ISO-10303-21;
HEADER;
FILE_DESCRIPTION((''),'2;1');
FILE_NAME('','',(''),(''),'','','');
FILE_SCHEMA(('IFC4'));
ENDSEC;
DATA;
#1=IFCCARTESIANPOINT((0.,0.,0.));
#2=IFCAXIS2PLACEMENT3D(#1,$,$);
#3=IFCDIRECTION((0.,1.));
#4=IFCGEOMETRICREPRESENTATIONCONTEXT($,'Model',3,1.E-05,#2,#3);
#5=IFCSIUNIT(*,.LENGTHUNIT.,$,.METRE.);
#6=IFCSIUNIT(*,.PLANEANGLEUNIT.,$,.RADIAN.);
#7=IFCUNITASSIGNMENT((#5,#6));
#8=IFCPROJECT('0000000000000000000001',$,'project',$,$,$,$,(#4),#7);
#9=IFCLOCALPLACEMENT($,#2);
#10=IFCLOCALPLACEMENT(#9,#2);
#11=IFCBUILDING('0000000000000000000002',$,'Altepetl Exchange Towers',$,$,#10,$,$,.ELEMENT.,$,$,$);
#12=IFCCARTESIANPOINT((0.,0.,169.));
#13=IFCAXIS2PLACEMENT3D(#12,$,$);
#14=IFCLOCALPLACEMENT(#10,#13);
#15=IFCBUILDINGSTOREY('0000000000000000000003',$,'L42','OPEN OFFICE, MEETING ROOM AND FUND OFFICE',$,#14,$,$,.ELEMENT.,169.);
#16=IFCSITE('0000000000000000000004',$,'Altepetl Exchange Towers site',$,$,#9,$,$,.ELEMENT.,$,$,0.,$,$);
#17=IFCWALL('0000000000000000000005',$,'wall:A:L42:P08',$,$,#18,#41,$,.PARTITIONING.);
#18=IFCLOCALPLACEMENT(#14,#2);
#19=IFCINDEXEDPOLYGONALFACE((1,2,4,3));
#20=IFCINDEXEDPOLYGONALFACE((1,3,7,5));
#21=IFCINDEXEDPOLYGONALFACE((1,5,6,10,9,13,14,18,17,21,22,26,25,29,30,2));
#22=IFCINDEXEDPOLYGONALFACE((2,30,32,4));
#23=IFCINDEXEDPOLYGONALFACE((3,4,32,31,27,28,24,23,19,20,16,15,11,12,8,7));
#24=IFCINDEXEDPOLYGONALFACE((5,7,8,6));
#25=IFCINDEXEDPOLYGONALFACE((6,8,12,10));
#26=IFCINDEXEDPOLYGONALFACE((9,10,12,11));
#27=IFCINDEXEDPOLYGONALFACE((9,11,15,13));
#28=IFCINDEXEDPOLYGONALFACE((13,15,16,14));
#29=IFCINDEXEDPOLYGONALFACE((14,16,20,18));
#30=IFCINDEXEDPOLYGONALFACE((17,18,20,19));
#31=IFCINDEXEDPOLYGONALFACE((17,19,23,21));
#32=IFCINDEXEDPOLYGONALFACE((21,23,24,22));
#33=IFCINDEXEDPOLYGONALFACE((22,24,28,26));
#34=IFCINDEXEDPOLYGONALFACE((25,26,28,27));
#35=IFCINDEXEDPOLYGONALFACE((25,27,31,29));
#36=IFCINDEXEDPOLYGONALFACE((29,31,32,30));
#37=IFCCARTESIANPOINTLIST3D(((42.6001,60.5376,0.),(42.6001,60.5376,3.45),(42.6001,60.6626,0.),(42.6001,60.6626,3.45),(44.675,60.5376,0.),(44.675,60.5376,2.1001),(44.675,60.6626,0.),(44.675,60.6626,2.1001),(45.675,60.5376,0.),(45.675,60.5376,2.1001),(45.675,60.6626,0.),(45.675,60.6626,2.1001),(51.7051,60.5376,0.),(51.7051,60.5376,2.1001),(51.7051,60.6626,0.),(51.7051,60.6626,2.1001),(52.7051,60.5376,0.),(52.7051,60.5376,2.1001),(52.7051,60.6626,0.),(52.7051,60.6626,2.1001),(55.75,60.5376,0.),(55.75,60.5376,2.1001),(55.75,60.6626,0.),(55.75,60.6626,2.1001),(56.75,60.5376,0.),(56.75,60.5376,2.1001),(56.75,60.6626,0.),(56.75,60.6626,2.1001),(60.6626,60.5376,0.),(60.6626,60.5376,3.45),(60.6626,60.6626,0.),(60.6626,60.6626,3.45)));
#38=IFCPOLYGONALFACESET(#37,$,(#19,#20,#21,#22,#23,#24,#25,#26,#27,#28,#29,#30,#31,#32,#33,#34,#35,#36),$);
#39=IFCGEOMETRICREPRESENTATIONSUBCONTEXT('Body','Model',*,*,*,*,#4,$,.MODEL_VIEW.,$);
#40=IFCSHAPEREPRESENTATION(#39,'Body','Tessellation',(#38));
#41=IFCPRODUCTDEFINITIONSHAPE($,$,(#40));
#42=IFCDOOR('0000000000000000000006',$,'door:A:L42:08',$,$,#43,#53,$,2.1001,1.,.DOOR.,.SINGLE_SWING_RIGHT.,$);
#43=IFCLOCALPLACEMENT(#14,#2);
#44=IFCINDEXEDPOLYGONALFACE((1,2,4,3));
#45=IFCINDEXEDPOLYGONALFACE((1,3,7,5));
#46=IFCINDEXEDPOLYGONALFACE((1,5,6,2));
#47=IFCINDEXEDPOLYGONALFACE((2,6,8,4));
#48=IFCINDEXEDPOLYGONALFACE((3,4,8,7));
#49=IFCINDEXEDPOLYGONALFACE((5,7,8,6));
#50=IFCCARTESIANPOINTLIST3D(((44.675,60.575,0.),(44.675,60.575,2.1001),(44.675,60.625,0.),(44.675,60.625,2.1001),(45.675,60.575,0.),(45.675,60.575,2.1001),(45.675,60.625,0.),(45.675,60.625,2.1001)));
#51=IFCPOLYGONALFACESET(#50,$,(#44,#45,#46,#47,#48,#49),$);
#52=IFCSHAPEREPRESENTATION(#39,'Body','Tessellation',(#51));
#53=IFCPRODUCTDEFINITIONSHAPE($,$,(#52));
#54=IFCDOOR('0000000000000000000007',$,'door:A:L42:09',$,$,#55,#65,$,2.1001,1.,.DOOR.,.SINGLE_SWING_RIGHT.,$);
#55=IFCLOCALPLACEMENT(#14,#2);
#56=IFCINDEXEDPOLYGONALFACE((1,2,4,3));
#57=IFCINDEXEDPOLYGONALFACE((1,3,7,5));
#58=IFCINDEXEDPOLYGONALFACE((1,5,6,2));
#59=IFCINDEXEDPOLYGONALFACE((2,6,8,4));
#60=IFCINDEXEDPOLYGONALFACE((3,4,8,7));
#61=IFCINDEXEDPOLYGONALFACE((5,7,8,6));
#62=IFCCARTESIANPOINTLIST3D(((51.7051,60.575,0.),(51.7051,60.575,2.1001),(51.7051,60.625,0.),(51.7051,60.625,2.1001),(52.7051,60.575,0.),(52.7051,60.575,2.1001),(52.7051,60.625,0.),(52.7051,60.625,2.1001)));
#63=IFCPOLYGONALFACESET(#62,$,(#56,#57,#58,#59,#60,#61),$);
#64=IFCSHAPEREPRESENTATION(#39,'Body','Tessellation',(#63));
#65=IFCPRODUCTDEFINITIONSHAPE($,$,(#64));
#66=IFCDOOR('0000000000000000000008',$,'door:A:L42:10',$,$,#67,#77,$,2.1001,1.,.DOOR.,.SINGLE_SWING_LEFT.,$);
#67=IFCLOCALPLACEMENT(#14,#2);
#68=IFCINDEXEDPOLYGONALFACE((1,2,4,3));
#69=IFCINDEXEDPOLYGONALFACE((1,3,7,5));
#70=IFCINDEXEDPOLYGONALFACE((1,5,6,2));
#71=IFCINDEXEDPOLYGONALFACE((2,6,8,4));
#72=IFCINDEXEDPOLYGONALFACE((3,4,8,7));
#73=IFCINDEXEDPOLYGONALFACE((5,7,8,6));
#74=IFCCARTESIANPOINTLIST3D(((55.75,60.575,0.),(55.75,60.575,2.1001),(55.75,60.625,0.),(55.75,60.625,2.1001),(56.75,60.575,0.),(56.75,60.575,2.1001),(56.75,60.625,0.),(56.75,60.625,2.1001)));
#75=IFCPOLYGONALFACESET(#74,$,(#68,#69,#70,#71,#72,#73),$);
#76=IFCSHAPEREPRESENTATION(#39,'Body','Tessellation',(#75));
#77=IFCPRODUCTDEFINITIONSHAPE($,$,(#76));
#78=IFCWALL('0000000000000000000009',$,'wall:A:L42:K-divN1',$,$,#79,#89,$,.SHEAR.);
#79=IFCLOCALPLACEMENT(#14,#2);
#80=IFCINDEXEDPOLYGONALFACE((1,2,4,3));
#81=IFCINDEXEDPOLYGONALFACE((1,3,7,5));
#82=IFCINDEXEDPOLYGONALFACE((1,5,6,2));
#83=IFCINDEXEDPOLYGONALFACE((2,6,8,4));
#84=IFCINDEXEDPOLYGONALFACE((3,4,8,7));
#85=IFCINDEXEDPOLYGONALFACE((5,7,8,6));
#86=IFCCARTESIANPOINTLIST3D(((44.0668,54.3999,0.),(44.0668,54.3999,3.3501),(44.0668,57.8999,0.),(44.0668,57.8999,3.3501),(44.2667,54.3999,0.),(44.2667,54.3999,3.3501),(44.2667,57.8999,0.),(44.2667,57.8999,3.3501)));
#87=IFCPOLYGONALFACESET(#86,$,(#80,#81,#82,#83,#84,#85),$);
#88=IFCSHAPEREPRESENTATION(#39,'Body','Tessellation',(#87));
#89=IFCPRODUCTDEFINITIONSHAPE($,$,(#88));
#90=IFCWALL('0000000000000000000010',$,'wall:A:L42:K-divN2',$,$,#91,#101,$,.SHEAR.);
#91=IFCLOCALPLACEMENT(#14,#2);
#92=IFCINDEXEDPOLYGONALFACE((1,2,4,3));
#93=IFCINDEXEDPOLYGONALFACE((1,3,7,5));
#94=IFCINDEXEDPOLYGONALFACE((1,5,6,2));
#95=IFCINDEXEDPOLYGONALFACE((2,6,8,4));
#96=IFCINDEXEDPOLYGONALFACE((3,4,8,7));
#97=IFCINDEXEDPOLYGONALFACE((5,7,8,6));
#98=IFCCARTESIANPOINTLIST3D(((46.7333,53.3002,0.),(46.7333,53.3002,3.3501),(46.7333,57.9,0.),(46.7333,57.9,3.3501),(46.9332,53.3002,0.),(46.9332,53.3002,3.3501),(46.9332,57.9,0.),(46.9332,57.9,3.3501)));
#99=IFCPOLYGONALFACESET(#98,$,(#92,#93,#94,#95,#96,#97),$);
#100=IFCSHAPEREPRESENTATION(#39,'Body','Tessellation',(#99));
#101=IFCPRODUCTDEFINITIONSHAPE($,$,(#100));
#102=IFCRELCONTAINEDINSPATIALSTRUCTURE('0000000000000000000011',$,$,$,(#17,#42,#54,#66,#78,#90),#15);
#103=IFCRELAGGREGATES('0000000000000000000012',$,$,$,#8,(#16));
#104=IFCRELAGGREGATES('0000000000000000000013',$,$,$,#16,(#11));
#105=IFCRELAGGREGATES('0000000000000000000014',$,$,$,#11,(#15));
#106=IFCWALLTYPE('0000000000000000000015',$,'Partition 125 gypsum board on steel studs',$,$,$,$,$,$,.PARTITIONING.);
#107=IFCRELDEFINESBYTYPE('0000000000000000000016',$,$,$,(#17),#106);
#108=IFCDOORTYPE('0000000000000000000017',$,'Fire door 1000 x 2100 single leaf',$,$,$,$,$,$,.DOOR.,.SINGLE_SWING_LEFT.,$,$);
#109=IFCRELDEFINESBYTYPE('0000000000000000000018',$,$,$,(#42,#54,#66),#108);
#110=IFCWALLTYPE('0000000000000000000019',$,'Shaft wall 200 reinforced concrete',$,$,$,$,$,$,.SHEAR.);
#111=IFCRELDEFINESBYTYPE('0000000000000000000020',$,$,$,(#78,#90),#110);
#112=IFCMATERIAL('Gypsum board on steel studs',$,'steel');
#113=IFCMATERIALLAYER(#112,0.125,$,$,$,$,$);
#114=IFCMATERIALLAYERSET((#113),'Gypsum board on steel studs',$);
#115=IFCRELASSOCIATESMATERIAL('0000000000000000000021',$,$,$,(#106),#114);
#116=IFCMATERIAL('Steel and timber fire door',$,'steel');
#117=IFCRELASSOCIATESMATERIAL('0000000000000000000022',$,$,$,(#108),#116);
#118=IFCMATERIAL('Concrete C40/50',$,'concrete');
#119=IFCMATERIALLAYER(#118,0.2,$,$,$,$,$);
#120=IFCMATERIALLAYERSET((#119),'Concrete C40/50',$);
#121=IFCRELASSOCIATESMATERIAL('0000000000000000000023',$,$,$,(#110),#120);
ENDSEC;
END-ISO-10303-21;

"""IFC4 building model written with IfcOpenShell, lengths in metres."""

from ifc_helpers import new_model, si_unit, direction, frame, frame_2d, origin, place, context, subcontext, project, spatial, rectangle, extrude, material, layer, layer_set, type_object, element, fill, save


model = new_model("IFC4")

# Units and contexts
model_context = context("Model", 3, precision=1e-05, world=origin(), true_north=direction((0.0, 1.0)))
body_context = subcontext(model_context, "Body", "Model", "MODEL_VIEW")
ifc_project = project(units=[si_unit("LENGTHUNIT", "METRE"), si_unit("PLANEANGLEUNIT", "RADIAN")], contexts=[model_context])

# Site, building, storey
site_placement = place(None, origin())
site = spatial("IfcSite", under=ifc_project, at=site_placement, Name="Altepetl Exchange Towers site", CompositionType="ELEMENT", RefElevation=0.0)
building_placement = place(site_placement, origin())
building = spatial("IfcBuilding", under=site, at=building_placement, Name="Altepetl Exchange Towers", CompositionType="ELEMENT")
storey_placement = place(building_placement, frame((0.0, 0.0, 169.0)))
storey = spatial("IfcBuildingStorey", under=building, at=storey_placement, Name="L42", Description="OPEN OFFICE, MEETING ROOM AND FUND OFFICE", CompositionType="ELEMENT", Elevation=169.0)

# Shared definitions
ifc_material_1 = material(Name="Steel and timber fire door", Category="steel")

# Wall, openings, doors
ifc_material_2 = material(Name="Gypsum board on steel studs", Category="steel")
ifc_layer_1 = layer(ifc_material_2, 0.125)
ifc_layer_set_1 = layer_set([ifc_layer_1], Name="Gypsum board on steel studs")
wall_type_1 = type_object("IfcWallType", Name="Partition 125 gypsum board on steel studs", PredefinedType="PARTITIONING", material=ifc_layer_set_1)
wall_1_placement = place(storey_placement, frame((42.6001, 60.6001, 0.0)))
wall_1 = element("IfcWall", 1, at=wall_1_placement, inside=storey, type_object=wall_type_1, Name="wall:A:L42:P08", PredefinedType="PARTITIONING", context=body_context, shape_type="SweptSolid", body=[
    extrude(rectangle(XDim=18.0625, YDim=0.125, at=frame_2d((9.0312, 0.0))), origin(), (0.0, 0.0, 1.0), 3.45),
])
opening_1_placement = place(wall_1_placement, frame((2.075, 0.0, 0.0)))
opening_1 = element("IfcOpeningElement", 2, at=opening_1_placement, cuts=wall_1, PredefinedType="OPENING", context=body_context, shape_type="SweptSolid", body=[
    extrude(rectangle(XDim=1.0, YDim=2.1001, at=frame_2d((0.5, 1.05))), frame((0.0, 0.0725, 0.0), z_axis=(0.0, -1.0, 0.0), x_axis=(1.0, 0.0, 0.0)), (0.0, 0.0, 1.0), 0.145),
])
opening_2_placement = place(wall_1_placement, frame((9.105, 0.0, 0.0)))
opening_2 = element("IfcOpeningElement", 3, at=opening_2_placement, cuts=wall_1, PredefinedType="OPENING", context=body_context, shape_type="SweptSolid", body=[
    extrude(rectangle(XDim=1.0, YDim=2.1001, at=frame_2d((0.5, 1.05))), frame((0.0, 0.0725, 0.0), z_axis=(0.0, -1.0, 0.0), x_axis=(1.0, 0.0, 0.0)), (0.0, 0.0, 1.0), 0.145),
])
opening_3_placement = place(wall_1_placement, frame((13.1499, 0.0, 0.0)))
opening_3 = element("IfcOpeningElement", 4, at=opening_3_placement, cuts=wall_1, PredefinedType="OPENING", context=body_context, shape_type="SweptSolid", body=[
    extrude(rectangle(XDim=1.0, YDim=2.1001, at=frame_2d((0.5, 1.05))), frame((0.0, 0.0725, 0.0), z_axis=(0.0, -1.0, 0.0), x_axis=(1.0, 0.0, 0.0)), (0.0, 0.0, 1.0), 0.145),
])
door_type_1 = type_object("IfcDoorType", Name="Fire door 1000 x 2100 single leaf", OperationType="SINGLE_SWING_LEFT", PredefinedType="DOOR", material=ifc_material_1)
door_1_placement = place(opening_1_placement, origin())
door_1 = element("IfcDoor", 5, at=door_1_placement, inside=storey, type_object=door_type_1, Name="door:A:L42:08", OperationType="SINGLE_SWING_RIGHT", OverallHeight=2.1001, OverallWidth=1.0, PredefinedType="DOOR", context=body_context, shape_type="SweptSolid", body=[
    extrude(rectangle(XDim=1.0, YDim=2.1001, at=frame_2d((0.5, 1.05))), frame((0.0, 0.0249, 0.0), z_axis=(0.0, -1.0, 0.0), x_axis=(1.0, 0.0, 0.0)), (0.0, 0.0, 1.0), 0.05),
])
fill(opening_1, door_1)
door_2_placement = place(opening_2_placement, origin())
door_2 = element("IfcDoor", 6, at=door_2_placement, inside=storey, type_object=door_type_1, Name="door:A:L42:09", OperationType="SINGLE_SWING_RIGHT", OverallHeight=2.1001, OverallWidth=1.0, PredefinedType="DOOR", context=body_context, shape_type="SweptSolid", body=[
    extrude(rectangle(XDim=1.0, YDim=2.1001, at=frame_2d((0.5, 1.05))), frame((0.0, 0.0249, 0.0), z_axis=(0.0, -1.0, 0.0), x_axis=(1.0, 0.0, 0.0)), (0.0, 0.0, 1.0), 0.05),
])
fill(opening_2, door_2)
door_3_placement = place(opening_3_placement, origin())
door_3 = element("IfcDoor", 7, at=door_3_placement, inside=storey, type_object=door_type_1, Name="door:A:L42:10", OperationType="SINGLE_SWING_LEFT", OverallHeight=2.1001, OverallWidth=1.0, PredefinedType="DOOR", context=body_context, shape_type="SweptSolid", body=[
    extrude(rectangle(XDim=1.0, YDim=2.1001, at=frame_2d((0.5, 1.05))), frame((0.0, 0.0249, 0.0), z_axis=(0.0, -1.0, 0.0), x_axis=(1.0, 0.0, 0.0)), (0.0, 0.0, 1.0), 0.05),
])
fill(opening_3, door_3)

# Walls
ifc_material_3 = material(Name="Concrete C40/50", Category="concrete")
ifc_layer_2 = layer(ifc_material_3, 0.2)
ifc_layer_set_2 = layer_set([ifc_layer_2], Name="Concrete C40/50")
wall_type_2 = type_object("IfcWallType", Name="Shaft wall 200 reinforced concrete", PredefinedType="SHEAR", material=ifc_layer_set_2)
wall_2_placement = place(storey_placement, frame((44.1667, 57.8999, 0.0), z_axis=(0.0, 0.0, 1.0), x_axis=(0.0, -1.0, 0.0)))
element("IfcWall", 8, at=wall_2_placement, inside=storey, type_object=wall_type_2, Name="wall:A:L42:K-divN1", PredefinedType="SHEAR", context=body_context, shape_type="SweptSolid", body=[
    extrude(rectangle(XDim=3.5, YDim=0.2, at=frame_2d((1.75, 0.0))), origin(), (0.0, 0.0, 1.0), 3.3501),
])
wall_3_placement = place(storey_placement, frame((46.8333, 57.8999, 0.0), z_axis=(0.0, 0.0, 1.0), x_axis=(0.0, -1.0, 0.0)))
element("IfcWall", 9, at=wall_3_placement, inside=storey, type_object=wall_type_2, Name="wall:A:L42:K-divN2", PredefinedType="SHEAR", context=body_context, shape_type="SweptSolid", body=[
    extrude(rectangle(XDim=4.5999, YDim=0.2, at=frame_2d((2.2998, 0.0))), origin(), (0.0, 0.0, 1.0), 3.3501),
])

save(model, "model.ifc")
